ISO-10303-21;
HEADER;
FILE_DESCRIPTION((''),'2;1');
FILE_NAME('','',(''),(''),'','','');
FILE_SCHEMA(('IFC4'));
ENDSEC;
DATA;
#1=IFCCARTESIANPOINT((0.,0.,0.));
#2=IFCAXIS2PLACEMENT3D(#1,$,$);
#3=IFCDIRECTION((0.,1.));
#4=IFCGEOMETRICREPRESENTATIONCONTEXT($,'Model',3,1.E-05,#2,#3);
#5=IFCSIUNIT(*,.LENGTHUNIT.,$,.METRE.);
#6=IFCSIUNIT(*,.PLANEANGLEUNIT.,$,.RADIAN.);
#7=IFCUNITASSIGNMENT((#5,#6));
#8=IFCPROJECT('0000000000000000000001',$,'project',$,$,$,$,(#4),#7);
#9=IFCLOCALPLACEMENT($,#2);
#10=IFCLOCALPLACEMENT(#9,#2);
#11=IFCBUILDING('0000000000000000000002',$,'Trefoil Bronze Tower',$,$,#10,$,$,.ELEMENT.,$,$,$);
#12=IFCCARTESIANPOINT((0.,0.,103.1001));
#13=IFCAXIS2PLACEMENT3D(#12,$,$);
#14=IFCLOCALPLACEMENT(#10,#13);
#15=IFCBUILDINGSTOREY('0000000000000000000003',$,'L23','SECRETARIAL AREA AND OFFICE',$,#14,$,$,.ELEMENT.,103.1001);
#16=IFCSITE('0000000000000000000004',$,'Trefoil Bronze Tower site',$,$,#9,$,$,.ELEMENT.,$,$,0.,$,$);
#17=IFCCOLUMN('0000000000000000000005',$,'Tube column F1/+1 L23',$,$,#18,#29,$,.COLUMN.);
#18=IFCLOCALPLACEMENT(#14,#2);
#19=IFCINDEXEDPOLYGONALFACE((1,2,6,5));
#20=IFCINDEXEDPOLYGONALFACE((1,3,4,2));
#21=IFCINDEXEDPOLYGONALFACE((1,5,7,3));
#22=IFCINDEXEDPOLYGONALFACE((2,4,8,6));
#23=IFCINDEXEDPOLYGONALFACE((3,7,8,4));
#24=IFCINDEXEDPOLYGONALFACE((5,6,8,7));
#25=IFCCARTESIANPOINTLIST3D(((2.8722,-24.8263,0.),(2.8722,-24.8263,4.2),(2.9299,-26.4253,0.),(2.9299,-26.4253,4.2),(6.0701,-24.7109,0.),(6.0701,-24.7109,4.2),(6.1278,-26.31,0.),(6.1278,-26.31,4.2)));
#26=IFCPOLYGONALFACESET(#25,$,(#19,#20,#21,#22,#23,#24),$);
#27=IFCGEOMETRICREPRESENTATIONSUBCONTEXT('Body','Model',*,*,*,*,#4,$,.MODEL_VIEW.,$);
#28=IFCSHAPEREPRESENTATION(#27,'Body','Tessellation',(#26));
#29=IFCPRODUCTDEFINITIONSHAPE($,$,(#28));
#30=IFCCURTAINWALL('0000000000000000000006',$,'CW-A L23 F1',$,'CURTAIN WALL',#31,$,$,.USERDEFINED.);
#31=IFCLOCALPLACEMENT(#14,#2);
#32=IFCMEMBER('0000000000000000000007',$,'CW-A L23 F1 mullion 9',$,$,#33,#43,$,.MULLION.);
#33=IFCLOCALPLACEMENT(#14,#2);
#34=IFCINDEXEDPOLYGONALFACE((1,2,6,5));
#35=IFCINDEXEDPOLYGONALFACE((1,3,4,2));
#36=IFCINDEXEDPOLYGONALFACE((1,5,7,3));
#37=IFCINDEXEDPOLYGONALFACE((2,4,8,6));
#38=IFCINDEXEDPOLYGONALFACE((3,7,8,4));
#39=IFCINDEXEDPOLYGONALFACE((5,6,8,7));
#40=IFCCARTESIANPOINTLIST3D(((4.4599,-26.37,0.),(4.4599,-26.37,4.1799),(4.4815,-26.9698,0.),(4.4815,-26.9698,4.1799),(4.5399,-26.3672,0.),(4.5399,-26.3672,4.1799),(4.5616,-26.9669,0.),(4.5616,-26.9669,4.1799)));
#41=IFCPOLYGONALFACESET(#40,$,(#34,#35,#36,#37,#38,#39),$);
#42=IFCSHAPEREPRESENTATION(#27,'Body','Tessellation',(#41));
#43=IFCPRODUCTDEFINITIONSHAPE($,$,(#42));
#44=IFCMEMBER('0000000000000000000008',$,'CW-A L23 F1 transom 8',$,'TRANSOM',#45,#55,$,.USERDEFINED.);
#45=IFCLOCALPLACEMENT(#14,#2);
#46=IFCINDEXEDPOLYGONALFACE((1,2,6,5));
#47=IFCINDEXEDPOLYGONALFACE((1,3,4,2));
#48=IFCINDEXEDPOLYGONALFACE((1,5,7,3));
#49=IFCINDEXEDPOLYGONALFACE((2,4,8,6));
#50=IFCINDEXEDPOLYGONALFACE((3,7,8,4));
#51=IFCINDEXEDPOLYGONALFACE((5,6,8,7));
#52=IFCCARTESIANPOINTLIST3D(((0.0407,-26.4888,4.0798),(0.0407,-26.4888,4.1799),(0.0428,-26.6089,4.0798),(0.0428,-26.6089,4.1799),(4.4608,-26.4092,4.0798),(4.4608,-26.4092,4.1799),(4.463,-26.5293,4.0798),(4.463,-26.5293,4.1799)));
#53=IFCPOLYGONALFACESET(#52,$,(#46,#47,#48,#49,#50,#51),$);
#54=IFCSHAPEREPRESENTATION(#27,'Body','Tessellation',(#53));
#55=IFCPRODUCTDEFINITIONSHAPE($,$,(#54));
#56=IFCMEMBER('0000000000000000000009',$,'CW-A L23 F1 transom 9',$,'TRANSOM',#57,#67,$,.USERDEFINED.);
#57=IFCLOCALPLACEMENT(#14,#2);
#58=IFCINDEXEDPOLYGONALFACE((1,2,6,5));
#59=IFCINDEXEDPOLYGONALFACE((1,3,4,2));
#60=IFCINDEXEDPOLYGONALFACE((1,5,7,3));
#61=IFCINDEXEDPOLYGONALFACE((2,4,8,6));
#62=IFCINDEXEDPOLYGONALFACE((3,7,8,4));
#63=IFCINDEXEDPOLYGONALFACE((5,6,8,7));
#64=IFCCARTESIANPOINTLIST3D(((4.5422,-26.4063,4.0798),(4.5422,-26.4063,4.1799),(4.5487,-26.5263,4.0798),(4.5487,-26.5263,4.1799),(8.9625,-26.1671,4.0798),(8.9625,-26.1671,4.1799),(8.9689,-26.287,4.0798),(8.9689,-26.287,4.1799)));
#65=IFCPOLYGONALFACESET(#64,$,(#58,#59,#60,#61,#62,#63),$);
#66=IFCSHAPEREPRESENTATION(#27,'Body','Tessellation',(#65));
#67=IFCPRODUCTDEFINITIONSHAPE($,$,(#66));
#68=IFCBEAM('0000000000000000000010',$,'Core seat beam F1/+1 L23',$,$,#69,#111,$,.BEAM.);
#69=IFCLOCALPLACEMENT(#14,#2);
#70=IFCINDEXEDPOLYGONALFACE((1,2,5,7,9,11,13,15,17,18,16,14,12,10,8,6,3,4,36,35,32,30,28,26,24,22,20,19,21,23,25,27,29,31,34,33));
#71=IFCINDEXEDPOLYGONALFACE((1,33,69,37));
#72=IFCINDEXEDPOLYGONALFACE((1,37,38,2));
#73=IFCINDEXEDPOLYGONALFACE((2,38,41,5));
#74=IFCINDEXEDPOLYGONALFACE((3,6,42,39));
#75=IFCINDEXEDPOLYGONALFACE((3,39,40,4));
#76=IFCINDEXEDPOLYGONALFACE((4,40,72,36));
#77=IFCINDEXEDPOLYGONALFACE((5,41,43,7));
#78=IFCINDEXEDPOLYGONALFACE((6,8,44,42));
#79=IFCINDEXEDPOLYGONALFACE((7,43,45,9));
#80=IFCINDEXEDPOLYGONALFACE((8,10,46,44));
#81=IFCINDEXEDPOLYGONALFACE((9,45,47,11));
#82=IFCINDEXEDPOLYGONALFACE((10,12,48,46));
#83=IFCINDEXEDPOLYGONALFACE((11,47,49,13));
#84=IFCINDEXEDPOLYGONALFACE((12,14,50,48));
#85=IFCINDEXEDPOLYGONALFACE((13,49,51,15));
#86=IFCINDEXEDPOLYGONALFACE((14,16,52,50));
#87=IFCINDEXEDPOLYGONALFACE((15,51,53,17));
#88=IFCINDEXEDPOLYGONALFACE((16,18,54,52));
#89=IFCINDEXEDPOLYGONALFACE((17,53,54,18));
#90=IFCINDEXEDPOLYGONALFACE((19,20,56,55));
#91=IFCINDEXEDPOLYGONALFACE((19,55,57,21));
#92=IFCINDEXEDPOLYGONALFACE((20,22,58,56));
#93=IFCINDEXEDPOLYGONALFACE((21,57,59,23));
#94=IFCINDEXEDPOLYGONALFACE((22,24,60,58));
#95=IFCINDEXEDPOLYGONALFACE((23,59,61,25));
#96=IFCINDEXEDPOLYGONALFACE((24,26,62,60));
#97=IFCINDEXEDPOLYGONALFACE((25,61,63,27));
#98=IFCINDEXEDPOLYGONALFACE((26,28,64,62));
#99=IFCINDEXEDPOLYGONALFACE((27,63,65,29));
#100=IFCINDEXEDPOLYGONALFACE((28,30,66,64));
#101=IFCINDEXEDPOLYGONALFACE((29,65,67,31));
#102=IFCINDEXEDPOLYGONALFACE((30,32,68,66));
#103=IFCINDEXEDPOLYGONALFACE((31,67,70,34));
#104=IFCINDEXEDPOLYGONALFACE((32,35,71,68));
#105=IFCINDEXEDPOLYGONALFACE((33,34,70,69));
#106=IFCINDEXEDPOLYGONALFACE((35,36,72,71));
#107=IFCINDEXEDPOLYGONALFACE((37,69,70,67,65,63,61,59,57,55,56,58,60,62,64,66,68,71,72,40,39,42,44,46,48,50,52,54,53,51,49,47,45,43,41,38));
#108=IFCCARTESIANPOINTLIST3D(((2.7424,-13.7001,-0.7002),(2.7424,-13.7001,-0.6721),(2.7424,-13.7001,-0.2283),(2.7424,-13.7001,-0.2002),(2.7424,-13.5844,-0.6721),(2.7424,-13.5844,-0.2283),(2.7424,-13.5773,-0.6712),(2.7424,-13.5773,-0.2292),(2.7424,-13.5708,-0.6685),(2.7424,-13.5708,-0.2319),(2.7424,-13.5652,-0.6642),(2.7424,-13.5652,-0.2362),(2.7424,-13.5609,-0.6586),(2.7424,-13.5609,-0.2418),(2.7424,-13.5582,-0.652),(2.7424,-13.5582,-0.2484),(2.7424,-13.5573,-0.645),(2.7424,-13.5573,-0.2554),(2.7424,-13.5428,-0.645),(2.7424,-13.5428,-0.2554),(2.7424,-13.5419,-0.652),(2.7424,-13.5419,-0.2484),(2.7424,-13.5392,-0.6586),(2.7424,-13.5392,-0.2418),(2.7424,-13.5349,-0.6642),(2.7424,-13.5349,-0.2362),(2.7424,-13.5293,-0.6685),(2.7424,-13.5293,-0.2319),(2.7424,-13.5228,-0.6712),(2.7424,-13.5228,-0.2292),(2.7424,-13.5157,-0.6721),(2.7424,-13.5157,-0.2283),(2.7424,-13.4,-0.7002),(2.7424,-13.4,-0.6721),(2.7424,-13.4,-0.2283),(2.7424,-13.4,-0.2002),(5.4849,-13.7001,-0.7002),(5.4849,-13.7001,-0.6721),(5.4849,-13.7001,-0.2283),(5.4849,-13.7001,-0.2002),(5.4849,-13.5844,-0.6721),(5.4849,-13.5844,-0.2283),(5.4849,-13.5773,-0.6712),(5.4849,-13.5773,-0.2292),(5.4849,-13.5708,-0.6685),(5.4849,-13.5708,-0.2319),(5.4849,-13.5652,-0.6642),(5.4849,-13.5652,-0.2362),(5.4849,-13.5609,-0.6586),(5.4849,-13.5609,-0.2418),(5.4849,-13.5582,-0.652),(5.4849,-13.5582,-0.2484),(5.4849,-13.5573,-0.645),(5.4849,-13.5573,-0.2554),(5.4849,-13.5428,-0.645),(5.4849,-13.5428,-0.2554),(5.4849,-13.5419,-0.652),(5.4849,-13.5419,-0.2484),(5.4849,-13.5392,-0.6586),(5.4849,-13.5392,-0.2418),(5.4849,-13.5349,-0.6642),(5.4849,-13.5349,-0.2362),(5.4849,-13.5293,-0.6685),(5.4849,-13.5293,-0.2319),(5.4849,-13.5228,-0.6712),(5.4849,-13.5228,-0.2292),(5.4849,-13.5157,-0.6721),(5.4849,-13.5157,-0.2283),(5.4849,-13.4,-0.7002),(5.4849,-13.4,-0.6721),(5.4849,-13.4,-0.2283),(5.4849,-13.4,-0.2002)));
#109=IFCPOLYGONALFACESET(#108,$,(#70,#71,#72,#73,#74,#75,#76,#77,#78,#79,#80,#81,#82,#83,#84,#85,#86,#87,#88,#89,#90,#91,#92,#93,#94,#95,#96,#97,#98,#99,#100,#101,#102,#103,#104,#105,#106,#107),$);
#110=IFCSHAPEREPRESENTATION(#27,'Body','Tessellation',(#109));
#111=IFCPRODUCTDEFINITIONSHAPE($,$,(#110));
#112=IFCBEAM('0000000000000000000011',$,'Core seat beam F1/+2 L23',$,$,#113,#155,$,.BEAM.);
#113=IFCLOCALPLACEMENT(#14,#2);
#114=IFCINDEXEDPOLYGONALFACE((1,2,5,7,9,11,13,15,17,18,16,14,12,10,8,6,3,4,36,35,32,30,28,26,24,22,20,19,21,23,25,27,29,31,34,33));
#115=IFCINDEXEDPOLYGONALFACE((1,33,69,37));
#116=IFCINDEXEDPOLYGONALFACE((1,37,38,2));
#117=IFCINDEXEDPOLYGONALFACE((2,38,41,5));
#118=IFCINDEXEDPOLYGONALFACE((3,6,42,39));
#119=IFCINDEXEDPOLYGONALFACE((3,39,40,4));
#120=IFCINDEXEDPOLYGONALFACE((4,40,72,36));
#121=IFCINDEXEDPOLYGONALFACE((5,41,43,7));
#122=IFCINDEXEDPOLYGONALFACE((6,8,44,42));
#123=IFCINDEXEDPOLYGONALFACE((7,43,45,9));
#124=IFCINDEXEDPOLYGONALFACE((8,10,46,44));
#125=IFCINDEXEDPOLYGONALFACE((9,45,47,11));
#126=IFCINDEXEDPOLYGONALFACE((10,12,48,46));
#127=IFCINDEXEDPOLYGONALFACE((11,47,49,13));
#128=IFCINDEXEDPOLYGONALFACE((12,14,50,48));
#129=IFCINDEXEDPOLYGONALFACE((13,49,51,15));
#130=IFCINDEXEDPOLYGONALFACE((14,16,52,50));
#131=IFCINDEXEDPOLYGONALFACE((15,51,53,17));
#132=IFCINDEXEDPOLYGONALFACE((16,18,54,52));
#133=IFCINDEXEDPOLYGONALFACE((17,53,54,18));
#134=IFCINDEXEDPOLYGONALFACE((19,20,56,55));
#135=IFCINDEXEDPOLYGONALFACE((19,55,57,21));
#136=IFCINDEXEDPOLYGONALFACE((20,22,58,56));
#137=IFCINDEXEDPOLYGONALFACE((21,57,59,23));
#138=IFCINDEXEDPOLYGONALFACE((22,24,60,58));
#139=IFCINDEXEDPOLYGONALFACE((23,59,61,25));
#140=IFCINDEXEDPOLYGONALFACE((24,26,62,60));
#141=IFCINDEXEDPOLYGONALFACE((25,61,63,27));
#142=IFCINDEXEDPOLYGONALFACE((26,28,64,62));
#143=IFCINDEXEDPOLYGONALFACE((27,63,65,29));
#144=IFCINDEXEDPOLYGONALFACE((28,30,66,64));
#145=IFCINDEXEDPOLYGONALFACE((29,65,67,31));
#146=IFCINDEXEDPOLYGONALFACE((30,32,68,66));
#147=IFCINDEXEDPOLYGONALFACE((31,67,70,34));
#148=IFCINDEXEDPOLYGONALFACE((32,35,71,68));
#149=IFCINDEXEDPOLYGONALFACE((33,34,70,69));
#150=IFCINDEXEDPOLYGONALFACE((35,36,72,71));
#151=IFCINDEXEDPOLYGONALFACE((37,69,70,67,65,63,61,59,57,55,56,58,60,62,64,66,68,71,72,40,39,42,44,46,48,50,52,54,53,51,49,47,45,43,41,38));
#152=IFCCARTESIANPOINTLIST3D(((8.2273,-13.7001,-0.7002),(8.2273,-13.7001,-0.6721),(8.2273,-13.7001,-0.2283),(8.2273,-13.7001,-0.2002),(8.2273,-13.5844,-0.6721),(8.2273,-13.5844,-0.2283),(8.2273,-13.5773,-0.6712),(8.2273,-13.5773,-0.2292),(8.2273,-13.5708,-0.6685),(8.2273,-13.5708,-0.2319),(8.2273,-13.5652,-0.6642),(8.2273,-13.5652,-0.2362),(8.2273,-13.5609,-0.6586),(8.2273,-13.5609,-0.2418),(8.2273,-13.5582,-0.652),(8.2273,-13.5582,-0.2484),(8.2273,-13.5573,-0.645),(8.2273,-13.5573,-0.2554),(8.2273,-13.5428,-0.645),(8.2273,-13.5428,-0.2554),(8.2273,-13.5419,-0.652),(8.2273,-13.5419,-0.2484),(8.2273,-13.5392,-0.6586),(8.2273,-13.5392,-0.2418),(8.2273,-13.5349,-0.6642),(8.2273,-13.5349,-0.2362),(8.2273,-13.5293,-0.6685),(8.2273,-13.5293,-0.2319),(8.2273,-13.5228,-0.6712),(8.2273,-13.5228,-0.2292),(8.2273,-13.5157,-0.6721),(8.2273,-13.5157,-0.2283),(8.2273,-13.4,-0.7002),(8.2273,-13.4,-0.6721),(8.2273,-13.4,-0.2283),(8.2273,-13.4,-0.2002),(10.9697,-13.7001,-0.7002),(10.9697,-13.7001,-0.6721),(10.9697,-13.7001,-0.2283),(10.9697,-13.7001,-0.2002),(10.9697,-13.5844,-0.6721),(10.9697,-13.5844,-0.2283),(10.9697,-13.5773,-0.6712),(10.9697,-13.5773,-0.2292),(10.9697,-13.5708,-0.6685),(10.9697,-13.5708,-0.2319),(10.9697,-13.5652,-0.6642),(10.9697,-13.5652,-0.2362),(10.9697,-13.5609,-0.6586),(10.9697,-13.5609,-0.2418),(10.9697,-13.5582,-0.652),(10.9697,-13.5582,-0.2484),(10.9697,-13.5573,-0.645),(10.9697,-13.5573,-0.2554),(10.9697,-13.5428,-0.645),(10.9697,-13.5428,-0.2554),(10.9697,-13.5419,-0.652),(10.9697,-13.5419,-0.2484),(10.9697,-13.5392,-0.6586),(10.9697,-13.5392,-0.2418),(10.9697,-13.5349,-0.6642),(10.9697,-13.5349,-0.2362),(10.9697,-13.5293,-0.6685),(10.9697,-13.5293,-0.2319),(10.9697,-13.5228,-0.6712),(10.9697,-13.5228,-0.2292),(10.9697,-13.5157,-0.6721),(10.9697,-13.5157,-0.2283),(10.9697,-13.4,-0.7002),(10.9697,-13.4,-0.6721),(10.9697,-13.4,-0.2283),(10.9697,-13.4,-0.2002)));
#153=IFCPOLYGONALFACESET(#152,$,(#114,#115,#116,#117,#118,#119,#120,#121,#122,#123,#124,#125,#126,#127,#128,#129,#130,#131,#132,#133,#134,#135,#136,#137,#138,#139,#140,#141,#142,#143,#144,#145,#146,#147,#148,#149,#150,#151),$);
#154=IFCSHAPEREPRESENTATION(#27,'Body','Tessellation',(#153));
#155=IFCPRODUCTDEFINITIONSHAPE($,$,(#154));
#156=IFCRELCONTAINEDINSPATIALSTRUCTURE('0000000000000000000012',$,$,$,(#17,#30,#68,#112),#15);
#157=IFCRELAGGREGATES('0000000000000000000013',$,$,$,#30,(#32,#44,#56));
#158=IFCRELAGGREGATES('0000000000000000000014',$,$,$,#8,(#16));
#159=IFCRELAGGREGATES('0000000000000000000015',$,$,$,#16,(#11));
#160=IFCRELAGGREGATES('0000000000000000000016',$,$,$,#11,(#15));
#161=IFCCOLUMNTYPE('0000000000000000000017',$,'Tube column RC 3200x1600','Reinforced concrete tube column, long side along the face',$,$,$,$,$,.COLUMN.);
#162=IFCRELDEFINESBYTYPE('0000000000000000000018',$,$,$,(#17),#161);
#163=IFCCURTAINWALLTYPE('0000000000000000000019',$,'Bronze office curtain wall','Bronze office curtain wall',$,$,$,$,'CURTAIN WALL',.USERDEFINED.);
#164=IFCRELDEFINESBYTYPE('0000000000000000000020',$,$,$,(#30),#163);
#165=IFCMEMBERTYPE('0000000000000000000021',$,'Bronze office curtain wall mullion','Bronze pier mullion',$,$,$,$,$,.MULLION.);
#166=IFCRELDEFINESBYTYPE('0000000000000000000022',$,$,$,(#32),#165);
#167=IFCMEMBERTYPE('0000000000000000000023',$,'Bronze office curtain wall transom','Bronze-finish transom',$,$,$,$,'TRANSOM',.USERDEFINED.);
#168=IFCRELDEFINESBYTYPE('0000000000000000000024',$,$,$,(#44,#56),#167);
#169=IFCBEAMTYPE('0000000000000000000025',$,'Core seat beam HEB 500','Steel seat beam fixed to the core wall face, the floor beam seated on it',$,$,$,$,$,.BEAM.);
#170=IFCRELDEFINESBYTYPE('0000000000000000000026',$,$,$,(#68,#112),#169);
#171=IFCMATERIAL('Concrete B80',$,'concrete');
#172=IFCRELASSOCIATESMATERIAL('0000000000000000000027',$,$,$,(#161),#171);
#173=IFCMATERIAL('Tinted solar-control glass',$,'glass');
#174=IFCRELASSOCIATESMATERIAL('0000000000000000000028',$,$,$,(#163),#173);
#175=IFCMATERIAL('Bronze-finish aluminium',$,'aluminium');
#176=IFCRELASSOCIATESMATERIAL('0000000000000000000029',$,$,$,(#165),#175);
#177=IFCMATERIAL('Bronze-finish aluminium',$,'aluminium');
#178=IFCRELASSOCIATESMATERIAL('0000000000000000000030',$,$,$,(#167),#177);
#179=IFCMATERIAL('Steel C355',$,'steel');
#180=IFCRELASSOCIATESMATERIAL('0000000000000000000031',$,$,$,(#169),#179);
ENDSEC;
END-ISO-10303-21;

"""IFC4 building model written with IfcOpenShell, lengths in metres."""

from ifc_helpers import new_model, si_unit, direction, frame, origin, origin_2d, place, context, subcontext, project, spatial, rectangle, i_section, extrude, material, material_profile, profile_set, type_object, element, aggregate, save


model = new_model("IFC4")

# Units and contexts
model_context = context("Model", 3, precision=1e-05, world=origin(), true_north=direction((0.0, 1.0)))
body_context = subcontext(model_context, "Body", "Model", "MODEL_VIEW")
ifc_project = project(units=[si_unit("LENGTHUNIT", "METRE"), si_unit("PLANEANGLEUNIT", "RADIAN")], contexts=[model_context])

# Site, building, storey
site_placement = place(None, origin())
site = spatial("IfcSite", under=ifc_project, at=site_placement, Name="Trefoil Bronze Tower site", CompositionType="ELEMENT", RefElevation=0.0)
building_placement = place(site_placement, origin())
building = spatial("IfcBuilding", under=site, at=building_placement, Name="Trefoil Bronze Tower", CompositionType="ELEMENT")
storey_placement = place(building_placement, frame((0.0, 0.0, 103.1001)))
storey = spatial("IfcBuildingStorey", under=building, at=storey_placement, Name="L23", Description="SECRETARIAL AREA AND OFFICE", CompositionType="ELEMENT", Elevation=103.1001)

# Column
ifc_material_1 = material(Name="Concrete B80", Category="concrete")
ifc_material_profile_1 = material_profile(ifc_material_1, rectangle(XDim=3.2, YDim=1.6001, at=origin_2d()), Name="RC 3200x1600")
ifc_profile_set_1 = profile_set([ifc_material_profile_1], Name="Concrete B80")
column_type = type_object("IfcColumnType", Name="Tube column RC 3200x1600", Description="Reinforced concrete tube column, long side along the face", PredefinedType="COLUMN", material=ifc_profile_set_1)
column_placement = place(storey_placement, frame((4.5, -25.5681, 0.0), z_axis=(0.0, 0.0, 1.0), x_axis=(0.99935, 0.036048, 0.0)))
element("IfcColumn", 1, at=column_placement, inside=storey, type_object=column_type, Name="Tube column F1/+1 L23", PredefinedType="COLUMN", context=body_context, shape_type="SweptSolid", body=[
    extrude(rectangle(XDim=3.2, YDim=1.6001, at=origin_2d()), origin(), (0.0, 0.0, 1.0), 4.2),
])

# Curtain wall, members
ifc_material_2 = material(Name="Tinted solar-control glass", Category="glass")
curtain_wall_type = type_object("IfcCurtainWallType", Name="Bronze office curtain wall", Description="Bronze office curtain wall", ElementType="CURTAIN WALL", PredefinedType="USERDEFINED", material=ifc_material_2)
curtain_wall_placement = place(storey_placement, origin())
curtain_wall = element("IfcCurtainWall", 2, at=curtain_wall_placement, inside=storey, type_object=curtain_wall_type, Name="CW-A L23 F1", ObjectType="CURTAIN WALL", PredefinedType="USERDEFINED")
ifc_material_3 = material(Name="Bronze-finish aluminium", Category="aluminium")
ifc_material_profile_2 = material_profile(ifc_material_3, rectangle(XDim=0.6001, YDim=0.0801, at=origin_2d()), Name="CW-A mullion")
ifc_profile_set_2 = profile_set([ifc_material_profile_2], Name="Bronze-finish aluminium")
member_type_1 = type_object("IfcMemberType", Name="Bronze office curtain wall mullion", Description="Bronze pier mullion", PredefinedType="MULLION", material=ifc_profile_set_2)
member_1_placement = place(storey_placement, frame((4.5107, -26.6685, 0.0), z_axis=(0.0, 0.0, 1.0), x_axis=(-0.036048, 0.99935, 0.0)))
member_1 = element("IfcMember", 3, at=member_1_placement, type_object=member_type_1, Name="CW-A L23 F1 mullion 9", PredefinedType="MULLION", context=body_context, shape_type="SweptSolid", body=[
    extrude(rectangle(XDim=0.6001, YDim=0.0801, at=origin_2d()), origin(), (0.0, 0.0, 1.0), 4.1799),
])
ifc_material_4 = material(Name="Bronze-finish aluminium", Category="aluminium")
ifc_material_profile_3 = material_profile(ifc_material_4, rectangle(XDim=0.1201, YDim=0.1001, at=origin_2d()), Name="CW-A transom")
ifc_profile_set_3 = profile_set([ifc_material_profile_3], Name="Bronze-finish aluminium")
member_type_2 = type_object("IfcMemberType", Name="Bronze office curtain wall transom", Description="Bronze-finish transom", ElementType="TRANSOM", PredefinedType="USERDEFINED", material=ifc_profile_set_3)
member_2_placement = place(storey_placement, frame((0.0417, -26.5488, 4.1299), z_axis=(0.999838, 0.018003, 0.0), x_axis=(-0.018003, 0.999838, 0.0)))
member_2 = element("IfcMember", 4, at=member_2_placement, type_object=member_type_2, Name="CW-A L23 F1 transom 8", ObjectType="TRANSOM", PredefinedType="USERDEFINED", context=body_context, shape_type="SweptSolid", body=[
    extrude(rectangle(XDim=0.1201, YDim=0.1001, at=origin_2d()), origin(), (0.0, 0.0, 1.0), 4.4209),
])
member_3_placement = place(storey_placement, frame((4.5454, -26.4663, 4.1299), z_axis=(0.998538, 0.05405, 0.0), x_axis=(-0.05405, 0.998538, 0.0)))
member_3 = element("IfcMember", 5, at=member_3_placement, type_object=member_type_2, Name="CW-A L23 F1 transom 9", ObjectType="TRANSOM", PredefinedType="USERDEFINED", context=body_context, shape_type="SweptSolid", body=[
    extrude(rectangle(XDim=0.1201, YDim=0.1001, at=origin_2d()), origin(), (0.0, 0.0, 1.0), 4.4268),
])

# Beams
ifc_material_5 = material(Name="Steel C355", Category="steel")
ifc_material_profile_4 = material_profile(ifc_material_5, i_section(OverallWidth=0.3, OverallDepth=0.5, WebThickness=0.0144, FlangeThickness=0.0281, FilletRadius=0.0271, at=origin_2d()), Name="HEB 500")
ifc_profile_set_4 = profile_set([ifc_material_profile_4], Name="Steel C355")
beam_type_1 = type_object("IfcBeamType", Name="Core seat beam HEB 500", Description="Steel seat beam fixed to the core wall face, the floor beam seated on it", PredefinedType="BEAM", material=ifc_profile_set_4)
for number, where, z_axis, x_axis, name in (
    (6, (2.7424, -13.55, -0.4502), (1.0, 0.0, 0.0), (0.0, 1.0, 0.0), "Core seat beam F1/+1 L23"),
    (7, (8.2273, -13.55, -0.4502), (1.0, 0.0, 0.0), (0.0, 1.0, 0.0), "Core seat beam F1/+2 L23"),
):
    element("IfcBeam", number, at=place(storey_placement, frame(where, z_axis=z_axis, x_axis=x_axis)), inside=storey, type_object=beam_type_1, Name=name, PredefinedType="BEAM", context=body_context, shape_type="SweptSolid", body=[
        extrude(i_section(OverallWidth=0.3, OverallDepth=0.5, WebThickness=0.0144, FlangeThickness=0.0281, FilletRadius=0.0271, at=origin_2d()), origin(), (0.0, 0.0, 1.0), 2.7424),
    ])

aggregate(curtain_wall, [member_1, member_2, member_3])

save(model, "model.ifc")
